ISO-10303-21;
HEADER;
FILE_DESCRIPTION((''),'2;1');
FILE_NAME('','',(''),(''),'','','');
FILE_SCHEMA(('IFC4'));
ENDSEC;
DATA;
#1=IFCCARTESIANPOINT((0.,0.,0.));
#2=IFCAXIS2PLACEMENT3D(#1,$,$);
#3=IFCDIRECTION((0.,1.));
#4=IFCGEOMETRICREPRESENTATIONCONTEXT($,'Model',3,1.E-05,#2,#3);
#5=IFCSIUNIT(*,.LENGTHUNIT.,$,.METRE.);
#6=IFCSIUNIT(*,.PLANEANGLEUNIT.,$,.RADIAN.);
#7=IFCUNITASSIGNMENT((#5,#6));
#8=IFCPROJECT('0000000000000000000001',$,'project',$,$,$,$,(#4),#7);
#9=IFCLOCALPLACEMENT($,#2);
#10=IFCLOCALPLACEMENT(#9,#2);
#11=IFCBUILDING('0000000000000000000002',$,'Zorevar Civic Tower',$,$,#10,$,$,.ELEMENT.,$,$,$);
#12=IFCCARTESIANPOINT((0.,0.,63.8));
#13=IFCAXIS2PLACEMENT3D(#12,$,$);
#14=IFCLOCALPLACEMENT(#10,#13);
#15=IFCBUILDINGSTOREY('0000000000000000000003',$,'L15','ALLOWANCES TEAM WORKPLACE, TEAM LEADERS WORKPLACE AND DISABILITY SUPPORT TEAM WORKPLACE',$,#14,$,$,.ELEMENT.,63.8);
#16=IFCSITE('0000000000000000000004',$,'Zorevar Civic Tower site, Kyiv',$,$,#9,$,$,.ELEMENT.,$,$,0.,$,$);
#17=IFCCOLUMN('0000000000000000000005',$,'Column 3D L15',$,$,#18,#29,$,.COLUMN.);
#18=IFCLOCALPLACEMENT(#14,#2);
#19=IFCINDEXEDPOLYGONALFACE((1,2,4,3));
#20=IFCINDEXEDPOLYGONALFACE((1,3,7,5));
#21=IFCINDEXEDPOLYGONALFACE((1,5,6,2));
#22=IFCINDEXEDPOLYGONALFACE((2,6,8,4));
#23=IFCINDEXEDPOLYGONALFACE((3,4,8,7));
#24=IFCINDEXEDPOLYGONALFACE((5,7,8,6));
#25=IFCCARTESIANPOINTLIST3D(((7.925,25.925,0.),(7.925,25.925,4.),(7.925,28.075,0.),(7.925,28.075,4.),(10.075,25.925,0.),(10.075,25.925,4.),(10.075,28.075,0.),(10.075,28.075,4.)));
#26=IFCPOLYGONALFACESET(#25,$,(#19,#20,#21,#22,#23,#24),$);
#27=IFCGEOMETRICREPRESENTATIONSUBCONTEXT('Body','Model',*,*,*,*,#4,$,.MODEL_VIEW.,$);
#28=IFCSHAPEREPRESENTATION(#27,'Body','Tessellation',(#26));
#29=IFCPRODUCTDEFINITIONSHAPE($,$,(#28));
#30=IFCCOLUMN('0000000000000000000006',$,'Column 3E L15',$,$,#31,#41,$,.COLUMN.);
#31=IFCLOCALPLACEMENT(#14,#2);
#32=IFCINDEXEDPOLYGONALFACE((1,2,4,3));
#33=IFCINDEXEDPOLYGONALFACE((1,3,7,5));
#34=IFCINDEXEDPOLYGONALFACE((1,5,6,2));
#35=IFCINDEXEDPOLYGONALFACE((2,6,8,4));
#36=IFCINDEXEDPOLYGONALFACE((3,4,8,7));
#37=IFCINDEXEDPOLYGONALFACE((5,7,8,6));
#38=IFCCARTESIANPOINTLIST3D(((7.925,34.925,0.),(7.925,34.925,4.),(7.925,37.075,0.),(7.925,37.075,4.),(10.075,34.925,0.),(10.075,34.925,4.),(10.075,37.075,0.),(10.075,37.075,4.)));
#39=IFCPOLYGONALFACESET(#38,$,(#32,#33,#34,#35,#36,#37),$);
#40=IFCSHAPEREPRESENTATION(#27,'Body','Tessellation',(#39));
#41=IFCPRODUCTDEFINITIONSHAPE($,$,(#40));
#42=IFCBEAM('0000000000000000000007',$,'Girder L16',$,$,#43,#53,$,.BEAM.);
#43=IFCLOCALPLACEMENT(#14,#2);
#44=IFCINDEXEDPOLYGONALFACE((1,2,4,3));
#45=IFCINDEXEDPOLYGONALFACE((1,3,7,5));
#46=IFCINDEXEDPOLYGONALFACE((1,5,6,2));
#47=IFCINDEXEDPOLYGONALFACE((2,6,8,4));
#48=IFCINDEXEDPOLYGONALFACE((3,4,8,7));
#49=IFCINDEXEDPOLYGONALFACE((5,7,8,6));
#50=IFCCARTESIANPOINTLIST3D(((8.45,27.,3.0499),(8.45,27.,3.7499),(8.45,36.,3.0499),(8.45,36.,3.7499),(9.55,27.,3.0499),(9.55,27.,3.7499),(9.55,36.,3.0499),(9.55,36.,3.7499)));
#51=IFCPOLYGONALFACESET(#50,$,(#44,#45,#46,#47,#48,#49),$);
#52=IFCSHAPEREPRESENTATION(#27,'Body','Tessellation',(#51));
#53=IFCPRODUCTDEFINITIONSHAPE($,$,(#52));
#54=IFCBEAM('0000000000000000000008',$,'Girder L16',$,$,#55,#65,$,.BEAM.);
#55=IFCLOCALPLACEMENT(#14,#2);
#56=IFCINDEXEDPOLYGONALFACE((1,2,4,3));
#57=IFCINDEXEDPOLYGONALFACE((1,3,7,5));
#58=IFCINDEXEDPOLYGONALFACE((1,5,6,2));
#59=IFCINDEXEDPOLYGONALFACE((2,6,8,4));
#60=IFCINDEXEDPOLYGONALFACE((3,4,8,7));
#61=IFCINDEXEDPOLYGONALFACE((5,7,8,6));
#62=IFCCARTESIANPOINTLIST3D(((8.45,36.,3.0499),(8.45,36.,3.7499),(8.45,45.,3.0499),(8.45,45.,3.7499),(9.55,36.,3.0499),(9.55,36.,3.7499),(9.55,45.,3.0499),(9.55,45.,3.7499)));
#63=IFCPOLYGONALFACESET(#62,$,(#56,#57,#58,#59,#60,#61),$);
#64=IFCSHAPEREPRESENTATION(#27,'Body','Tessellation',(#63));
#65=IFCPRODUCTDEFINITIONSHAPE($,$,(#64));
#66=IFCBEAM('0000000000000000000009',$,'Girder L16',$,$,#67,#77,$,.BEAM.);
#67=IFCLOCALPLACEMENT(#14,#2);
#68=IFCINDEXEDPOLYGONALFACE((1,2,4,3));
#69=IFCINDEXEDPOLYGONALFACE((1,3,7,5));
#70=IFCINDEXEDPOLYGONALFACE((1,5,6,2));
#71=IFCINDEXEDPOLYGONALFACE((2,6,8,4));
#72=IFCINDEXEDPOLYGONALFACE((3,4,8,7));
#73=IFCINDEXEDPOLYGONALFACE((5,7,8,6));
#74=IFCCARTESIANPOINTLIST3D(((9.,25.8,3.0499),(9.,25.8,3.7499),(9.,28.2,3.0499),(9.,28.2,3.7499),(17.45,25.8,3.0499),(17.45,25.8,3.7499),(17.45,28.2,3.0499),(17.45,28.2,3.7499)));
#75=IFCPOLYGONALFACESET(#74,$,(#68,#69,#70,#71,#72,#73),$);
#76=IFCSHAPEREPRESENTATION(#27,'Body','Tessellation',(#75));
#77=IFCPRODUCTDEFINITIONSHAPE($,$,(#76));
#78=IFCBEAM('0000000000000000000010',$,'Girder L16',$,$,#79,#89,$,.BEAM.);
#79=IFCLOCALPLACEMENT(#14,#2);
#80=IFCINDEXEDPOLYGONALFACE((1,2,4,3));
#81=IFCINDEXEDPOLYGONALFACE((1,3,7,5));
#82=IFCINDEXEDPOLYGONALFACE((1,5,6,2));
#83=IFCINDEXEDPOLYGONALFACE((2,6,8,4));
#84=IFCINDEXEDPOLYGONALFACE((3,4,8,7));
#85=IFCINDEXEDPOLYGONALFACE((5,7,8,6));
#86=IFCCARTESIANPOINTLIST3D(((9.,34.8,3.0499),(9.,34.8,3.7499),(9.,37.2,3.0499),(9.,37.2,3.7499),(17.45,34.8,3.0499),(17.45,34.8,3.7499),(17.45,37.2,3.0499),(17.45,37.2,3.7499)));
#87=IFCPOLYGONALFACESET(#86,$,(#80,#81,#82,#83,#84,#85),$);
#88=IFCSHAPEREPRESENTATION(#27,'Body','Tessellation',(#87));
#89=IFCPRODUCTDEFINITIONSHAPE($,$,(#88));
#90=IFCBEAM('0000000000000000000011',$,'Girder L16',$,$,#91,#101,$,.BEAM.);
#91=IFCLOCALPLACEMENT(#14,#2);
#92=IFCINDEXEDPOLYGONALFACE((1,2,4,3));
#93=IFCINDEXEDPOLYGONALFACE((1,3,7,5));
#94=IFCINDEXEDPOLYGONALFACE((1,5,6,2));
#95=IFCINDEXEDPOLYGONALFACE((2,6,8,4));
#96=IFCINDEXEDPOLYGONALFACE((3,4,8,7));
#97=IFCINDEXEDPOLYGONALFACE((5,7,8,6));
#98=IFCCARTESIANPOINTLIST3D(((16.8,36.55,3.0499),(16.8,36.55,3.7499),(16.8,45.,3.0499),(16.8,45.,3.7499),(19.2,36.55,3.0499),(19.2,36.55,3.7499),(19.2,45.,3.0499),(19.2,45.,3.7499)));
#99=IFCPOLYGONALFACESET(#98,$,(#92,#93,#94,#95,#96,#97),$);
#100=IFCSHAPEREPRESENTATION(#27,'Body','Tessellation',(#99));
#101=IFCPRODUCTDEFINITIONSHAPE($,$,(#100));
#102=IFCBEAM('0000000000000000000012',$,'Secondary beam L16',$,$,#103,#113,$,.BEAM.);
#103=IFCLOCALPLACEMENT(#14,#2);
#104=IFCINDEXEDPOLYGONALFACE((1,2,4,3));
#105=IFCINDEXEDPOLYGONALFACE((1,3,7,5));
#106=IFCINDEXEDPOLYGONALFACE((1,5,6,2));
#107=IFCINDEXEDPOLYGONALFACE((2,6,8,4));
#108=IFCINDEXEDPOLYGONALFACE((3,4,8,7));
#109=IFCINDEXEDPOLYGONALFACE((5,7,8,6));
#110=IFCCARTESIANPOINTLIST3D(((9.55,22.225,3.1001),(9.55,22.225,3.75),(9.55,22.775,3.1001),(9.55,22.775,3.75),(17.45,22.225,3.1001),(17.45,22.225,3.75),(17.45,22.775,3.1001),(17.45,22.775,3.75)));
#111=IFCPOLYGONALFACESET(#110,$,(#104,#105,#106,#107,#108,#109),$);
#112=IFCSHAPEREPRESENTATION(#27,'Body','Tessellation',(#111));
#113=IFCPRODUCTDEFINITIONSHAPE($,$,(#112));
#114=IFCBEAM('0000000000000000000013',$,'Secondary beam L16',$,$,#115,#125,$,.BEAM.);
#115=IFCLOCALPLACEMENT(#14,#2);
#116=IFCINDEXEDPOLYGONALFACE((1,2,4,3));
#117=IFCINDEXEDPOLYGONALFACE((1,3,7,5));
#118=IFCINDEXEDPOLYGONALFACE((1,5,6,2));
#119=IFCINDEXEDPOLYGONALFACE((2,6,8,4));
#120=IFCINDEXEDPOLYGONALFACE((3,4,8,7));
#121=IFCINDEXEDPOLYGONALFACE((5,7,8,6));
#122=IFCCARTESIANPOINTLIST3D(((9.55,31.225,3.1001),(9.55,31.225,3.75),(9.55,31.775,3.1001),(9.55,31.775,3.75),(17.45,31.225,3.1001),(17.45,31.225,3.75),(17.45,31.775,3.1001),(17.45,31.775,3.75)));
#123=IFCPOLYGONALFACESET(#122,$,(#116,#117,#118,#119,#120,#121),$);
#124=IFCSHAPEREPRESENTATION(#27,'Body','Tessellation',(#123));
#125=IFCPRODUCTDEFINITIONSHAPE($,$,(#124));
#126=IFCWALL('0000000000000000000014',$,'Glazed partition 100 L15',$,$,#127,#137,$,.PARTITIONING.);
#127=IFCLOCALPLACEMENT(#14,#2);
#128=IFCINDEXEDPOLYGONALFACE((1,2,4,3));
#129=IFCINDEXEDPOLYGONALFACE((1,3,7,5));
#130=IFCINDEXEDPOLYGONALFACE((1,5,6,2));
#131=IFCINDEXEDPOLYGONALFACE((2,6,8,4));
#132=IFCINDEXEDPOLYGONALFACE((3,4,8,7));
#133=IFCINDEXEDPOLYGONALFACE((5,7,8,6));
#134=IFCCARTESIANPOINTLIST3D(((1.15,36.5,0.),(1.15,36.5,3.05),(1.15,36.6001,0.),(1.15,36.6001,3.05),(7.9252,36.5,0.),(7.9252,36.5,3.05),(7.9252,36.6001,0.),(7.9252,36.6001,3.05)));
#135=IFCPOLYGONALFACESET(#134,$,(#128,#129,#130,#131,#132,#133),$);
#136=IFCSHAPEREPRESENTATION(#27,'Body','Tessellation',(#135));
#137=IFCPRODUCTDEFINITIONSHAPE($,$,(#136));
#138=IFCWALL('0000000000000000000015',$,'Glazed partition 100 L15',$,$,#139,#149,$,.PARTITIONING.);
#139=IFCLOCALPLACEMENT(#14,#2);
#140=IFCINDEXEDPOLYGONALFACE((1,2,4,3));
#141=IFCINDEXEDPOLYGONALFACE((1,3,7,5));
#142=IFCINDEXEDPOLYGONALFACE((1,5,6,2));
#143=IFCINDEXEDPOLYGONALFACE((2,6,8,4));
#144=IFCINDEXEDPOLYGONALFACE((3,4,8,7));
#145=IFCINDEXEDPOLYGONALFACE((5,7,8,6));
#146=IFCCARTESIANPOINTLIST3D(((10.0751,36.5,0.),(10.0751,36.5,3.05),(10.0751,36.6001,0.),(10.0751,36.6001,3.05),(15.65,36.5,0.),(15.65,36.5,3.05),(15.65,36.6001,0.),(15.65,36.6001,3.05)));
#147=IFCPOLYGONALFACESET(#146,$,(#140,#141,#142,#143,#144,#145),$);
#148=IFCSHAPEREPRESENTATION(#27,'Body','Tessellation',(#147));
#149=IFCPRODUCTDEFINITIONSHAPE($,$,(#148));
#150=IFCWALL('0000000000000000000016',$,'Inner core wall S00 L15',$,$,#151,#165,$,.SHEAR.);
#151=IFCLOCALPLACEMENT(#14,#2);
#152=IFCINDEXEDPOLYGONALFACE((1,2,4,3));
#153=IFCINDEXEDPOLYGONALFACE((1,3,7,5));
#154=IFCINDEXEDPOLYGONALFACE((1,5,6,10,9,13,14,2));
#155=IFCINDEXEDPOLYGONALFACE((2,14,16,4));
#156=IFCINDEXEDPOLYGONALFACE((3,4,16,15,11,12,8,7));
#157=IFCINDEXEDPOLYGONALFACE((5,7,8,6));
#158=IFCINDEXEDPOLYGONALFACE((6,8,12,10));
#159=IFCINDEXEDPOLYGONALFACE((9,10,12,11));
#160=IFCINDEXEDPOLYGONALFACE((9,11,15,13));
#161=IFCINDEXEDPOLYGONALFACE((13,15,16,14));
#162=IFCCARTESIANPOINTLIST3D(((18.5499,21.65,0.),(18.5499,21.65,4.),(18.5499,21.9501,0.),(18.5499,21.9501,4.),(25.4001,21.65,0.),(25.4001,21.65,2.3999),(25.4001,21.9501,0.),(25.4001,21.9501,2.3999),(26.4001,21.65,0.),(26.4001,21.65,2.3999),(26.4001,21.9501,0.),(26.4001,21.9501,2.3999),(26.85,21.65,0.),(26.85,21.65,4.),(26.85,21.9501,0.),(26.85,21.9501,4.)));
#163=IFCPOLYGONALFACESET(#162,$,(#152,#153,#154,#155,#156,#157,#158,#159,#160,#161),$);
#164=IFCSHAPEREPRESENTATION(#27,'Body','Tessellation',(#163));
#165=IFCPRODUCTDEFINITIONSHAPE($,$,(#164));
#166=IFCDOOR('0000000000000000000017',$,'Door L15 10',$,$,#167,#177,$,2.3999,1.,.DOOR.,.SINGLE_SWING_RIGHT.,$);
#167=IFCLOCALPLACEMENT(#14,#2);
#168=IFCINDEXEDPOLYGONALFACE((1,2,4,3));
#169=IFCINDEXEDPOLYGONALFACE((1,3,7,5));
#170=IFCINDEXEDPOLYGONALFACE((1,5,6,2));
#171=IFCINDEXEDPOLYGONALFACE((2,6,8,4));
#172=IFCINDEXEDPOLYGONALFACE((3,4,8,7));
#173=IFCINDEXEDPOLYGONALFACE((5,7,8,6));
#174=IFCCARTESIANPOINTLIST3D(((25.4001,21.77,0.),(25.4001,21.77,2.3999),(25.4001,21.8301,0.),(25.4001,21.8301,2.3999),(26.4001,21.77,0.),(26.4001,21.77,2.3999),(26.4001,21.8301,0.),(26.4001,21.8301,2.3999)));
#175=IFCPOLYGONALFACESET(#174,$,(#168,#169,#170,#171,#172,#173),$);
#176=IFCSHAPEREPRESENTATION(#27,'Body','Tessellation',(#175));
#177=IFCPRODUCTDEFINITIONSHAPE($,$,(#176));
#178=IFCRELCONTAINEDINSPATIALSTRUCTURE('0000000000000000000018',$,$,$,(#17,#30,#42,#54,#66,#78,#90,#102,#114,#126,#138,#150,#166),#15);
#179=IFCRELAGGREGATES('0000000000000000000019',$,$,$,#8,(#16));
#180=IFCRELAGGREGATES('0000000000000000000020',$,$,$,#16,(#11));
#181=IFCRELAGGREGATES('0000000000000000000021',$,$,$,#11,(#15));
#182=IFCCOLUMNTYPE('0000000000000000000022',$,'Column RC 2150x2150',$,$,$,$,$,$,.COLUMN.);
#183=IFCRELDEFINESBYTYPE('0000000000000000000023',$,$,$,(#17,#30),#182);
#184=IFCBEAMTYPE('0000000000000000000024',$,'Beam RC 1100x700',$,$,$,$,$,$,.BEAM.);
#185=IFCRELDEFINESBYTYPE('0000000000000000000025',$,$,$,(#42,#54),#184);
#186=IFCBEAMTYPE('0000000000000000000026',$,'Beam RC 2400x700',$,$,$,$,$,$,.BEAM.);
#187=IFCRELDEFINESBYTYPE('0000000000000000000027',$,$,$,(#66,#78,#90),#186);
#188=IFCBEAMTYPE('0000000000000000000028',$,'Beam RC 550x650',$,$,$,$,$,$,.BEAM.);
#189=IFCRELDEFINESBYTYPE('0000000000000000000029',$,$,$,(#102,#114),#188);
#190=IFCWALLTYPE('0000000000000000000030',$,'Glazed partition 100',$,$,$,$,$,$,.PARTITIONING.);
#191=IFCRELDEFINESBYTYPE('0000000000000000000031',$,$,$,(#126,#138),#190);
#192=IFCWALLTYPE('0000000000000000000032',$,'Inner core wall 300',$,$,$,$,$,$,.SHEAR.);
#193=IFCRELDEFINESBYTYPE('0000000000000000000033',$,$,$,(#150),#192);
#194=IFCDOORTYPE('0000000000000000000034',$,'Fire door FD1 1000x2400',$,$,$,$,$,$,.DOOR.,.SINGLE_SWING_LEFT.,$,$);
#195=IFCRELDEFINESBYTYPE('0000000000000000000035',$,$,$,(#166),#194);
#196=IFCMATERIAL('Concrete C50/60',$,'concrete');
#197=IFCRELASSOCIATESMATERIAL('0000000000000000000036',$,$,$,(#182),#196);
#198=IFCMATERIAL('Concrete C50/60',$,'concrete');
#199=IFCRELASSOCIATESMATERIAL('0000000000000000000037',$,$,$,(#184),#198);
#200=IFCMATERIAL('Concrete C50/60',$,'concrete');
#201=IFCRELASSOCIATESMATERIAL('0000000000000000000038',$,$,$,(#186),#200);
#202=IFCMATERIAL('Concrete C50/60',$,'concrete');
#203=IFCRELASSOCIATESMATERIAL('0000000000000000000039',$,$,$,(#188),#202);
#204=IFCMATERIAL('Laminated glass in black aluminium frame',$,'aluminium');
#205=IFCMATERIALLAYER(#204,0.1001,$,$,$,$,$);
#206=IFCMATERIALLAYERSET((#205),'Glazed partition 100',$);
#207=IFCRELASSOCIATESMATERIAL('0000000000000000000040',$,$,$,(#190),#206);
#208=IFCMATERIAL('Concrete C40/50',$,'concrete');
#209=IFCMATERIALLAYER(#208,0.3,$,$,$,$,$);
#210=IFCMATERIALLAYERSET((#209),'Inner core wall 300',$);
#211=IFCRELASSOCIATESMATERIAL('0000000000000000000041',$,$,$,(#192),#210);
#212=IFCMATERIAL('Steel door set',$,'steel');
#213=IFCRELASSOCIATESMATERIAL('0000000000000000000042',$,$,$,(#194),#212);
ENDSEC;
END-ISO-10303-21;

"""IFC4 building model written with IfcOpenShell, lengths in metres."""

from ifc_helpers import new_model, si_unit, direction, frame, frame_2d, origin, origin_2d, place, context, subcontext, project, spatial, rectangle, extrude, material, layer, layer_set, material_profile, profile_set, type_object, element, fill, save


model = new_model("IFC4")

# Units and contexts
model_context = context("Model", 3, precision=1e-05, world=origin(), true_north=direction((0.0, 1.0)))
body_context = subcontext(model_context, "Body", "Model", "MODEL_VIEW")
ifc_project = project(units=[si_unit("LENGTHUNIT", "METRE"), si_unit("PLANEANGLEUNIT", "RADIAN")], contexts=[model_context])

# Site, building, storey
site_placement = place(None, origin())
site = spatial("IfcSite", under=ifc_project, at=site_placement, Name="Zorevar Civic Tower site, Kyiv", CompositionType="ELEMENT", RefElevation=0.0)
building_placement = place(site_placement, origin())
building = spatial("IfcBuilding", under=site, at=building_placement, Name="Zorevar Civic Tower", CompositionType="ELEMENT")
storey_placement = place(building_placement, frame((0.0, 0.0, 63.8)))
storey = spatial("IfcBuildingStorey", under=building, at=storey_placement, Name="L15", Description="ALLOWANCES TEAM WORKPLACE, TEAM LEADERS WORKPLACE AND DISABILITY SUPPORT TEAM WORKPLACE", CompositionType="ELEMENT", Elevation=63.8)

# Columns
ifc_material_1 = material(Name="Concrete C50/60", Category="concrete")
ifc_material_profile_1 = material_profile(ifc_material_1, rectangle(XDim=2.1499, YDim=2.1499, at=origin_2d()), Name="RC 2150x2150")
ifc_profile_set_1 = profile_set([ifc_material_profile_1], Name="Concrete C50/60")
column_type = type_object("IfcColumnType", Name="Column RC 2150x2150", PredefinedType="COLUMN", material=ifc_profile_set_1)
for number, where, z_axis, x_axis, name in (
    (1, (9.0, 27.0, 0.0), (0.0, 0.0, 1.0), (1.0, 0.0, 0.0), "Column 3D L15"),
    (2, (9.0, 36.0, 0.0), (0.0, 0.0, 1.0), (1.0, 0.0, 0.0), "Column 3E L15"),
):
    element("IfcColumn", number, at=place(storey_placement, frame(where, z_axis=z_axis, x_axis=x_axis)), inside=storey, type_object=column_type, Name=name, PredefinedType="COLUMN", context=body_context, shape_type="SweptSolid", body=[
        extrude(rectangle(XDim=2.1499, YDim=2.1499, at=origin_2d()), origin(), (0.0, 0.0, 1.0), 4.0),
    ])

# Beams
ifc_material_2 = material(Name="Concrete C50/60", Category="concrete")
ifc_material_profile_2 = material_profile(ifc_material_2, rectangle(XDim=1.1001, YDim=0.7, at=origin_2d()), Name="RC 1100x700")
ifc_profile_set_2 = profile_set([ifc_material_profile_2], Name="Concrete C50/60")
beam_type_1 = type_object("IfcBeamType", Name="Beam RC 1100x700", PredefinedType="BEAM", material=ifc_profile_set_2)
for number, where, z_axis, x_axis, name in (
    (3, (9.0, 27.0, 3.3999), (0.0, 1.0, 0.0), (-1.0, 0.0, 0.0), "Girder L16"),
    (4, (9.0, 36.0, 3.3999), (0.0, 1.0, 0.0), (-1.0, 0.0, 0.0), "Girder L16"),
):
    element("IfcBeam", number, at=place(storey_placement, frame(where, z_axis=z_axis, x_axis=x_axis)), inside=storey, type_object=beam_type_1, Name=name, PredefinedType="BEAM", context=body_context, shape_type="SweptSolid", body=[
        extrude(rectangle(XDim=1.1001, YDim=0.7, at=origin_2d()), origin(), (0.0, 0.0, 1.0), 9.0),
    ])
ifc_material_3 = material(Name="Concrete C50/60", Category="concrete")
ifc_material_profile_3 = material_profile(ifc_material_3, rectangle(XDim=2.3999, YDim=0.7, at=origin_2d()), Name="RC 2400x700")
ifc_profile_set_3 = profile_set([ifc_material_profile_3], Name="Concrete C50/60")
beam_type_2 = type_object("IfcBeamType", Name="Beam RC 2400x700", PredefinedType="BEAM", material=ifc_profile_set_3)
for number, where, z_axis, x_axis, name in (
    (5, (9.0, 27.0, 3.3999), (1.0, 0.0, 0.0), (0.0, 1.0, 0.0), "Girder L16"),
    (6, (9.0, 36.0, 3.3999), (1.0, 0.0, 0.0), (0.0, 1.0, 0.0), "Girder L16"),
    (7, (18.0, 36.55, 3.3999), (0.0, 1.0, 0.0), (-1.0, 0.0, 0.0), "Girder L16"),
):
    element("IfcBeam", number, at=place(storey_placement, frame(where, z_axis=z_axis, x_axis=x_axis)), inside=storey, type_object=beam_type_2, Name=name, PredefinedType="BEAM", context=body_context, shape_type="SweptSolid", body=[
        extrude(rectangle(XDim=2.3999, YDim=0.7, at=origin_2d()), origin(), (0.0, 0.0, 1.0), 8.45),
    ])
ifc_material_4 = material(Name="Concrete C50/60", Category="concrete")
ifc_material_profile_4 = material_profile(ifc_material_4, rectangle(XDim=0.55, YDim=0.6499, at=origin_2d()), Name="RC 550x650")
ifc_profile_set_4 = profile_set([ifc_material_profile_4], Name="Concrete C50/60")
beam_type_3 = type_object("IfcBeamType", Name="Beam RC 550x650", PredefinedType="BEAM", material=ifc_profile_set_4)
for number, where, z_axis, x_axis, name in (
    (8, (9.55, 22.5, 3.425), (1.0, 0.0, 0.0), (0.0, 1.0, 0.0), "Secondary beam L16"),
    (9, (9.55, 31.5, 3.425), (1.0, 0.0, 0.0), (0.0, 1.0, 0.0), "Secondary beam L16"),
):
    element("IfcBeam", number, at=place(storey_placement, frame(where, z_axis=z_axis, x_axis=x_axis)), inside=storey, type_object=beam_type_3, Name=name, PredefinedType="BEAM", context=body_context, shape_type="SweptSolid", body=[
        extrude(rectangle(XDim=0.55, YDim=0.6499, at=origin_2d()), origin(), (0.0, 0.0, 1.0), 7.8999),
    ])

# Walls
ifc_material_5 = material(Name="Laminated glass in black aluminium frame", Category="aluminium")
ifc_layer_1 = layer(ifc_material_5, 0.1001)
ifc_layer_set_1 = layer_set([ifc_layer_1], Name="Glazed partition 100")
wall_type_1 = type_object("IfcWallType", Name="Glazed partition 100", PredefinedType="PARTITIONING", material=ifc_layer_set_1)
wall_1_placement = place(storey_placement, frame((1.1499, 36.55, 0.0), z_axis=(0.0, 0.0, 1.0), x_axis=(1.0, 0.0, 0.0)))
element("IfcWall", 10, at=wall_1_placement, inside=storey, type_object=wall_type_1, Name="Glazed partition 100 L15", PredefinedType="PARTITIONING", context=body_context, shape_type="SweptSolid", body=[
    extrude(rectangle(XDim=6.7751, YDim=0.1001, at=frame_2d((3.3877, 0.0))), origin(), (0.0, 0.0, 1.0), 3.05),
])
wall_2_placement = place(storey_placement, frame((10.075, 36.55, 0.0), z_axis=(0.0, 0.0, 1.0), x_axis=(1.0, 0.0, 0.0)))
element("IfcWall", 11, at=wall_2_placement, inside=storey, type_object=wall_type_1, Name="Glazed partition 100 L15", PredefinedType="PARTITIONING", context=body_context, shape_type="SweptSolid", body=[
    extrude(rectangle(XDim=5.575, YDim=0.1001, at=frame_2d((2.7876, 0.0))), origin(), (0.0, 0.0, 1.0), 3.05),
])

# Wall, opening, door
ifc_material_6 = material(Name="Concrete C40/50", Category="concrete")
ifc_layer_2 = layer(ifc_material_6, 0.3)
ifc_layer_set_2 = layer_set([ifc_layer_2], Name="Inner core wall 300")
wall_type_2 = type_object("IfcWallType", Name="Inner core wall 300", PredefinedType="SHEAR", material=ifc_layer_set_2)
wall_3_placement = place(storey_placement, frame((18.55, 21.8, 0.0), z_axis=(0.0, 0.0, 1.0), x_axis=(1.0, 0.0, 0.0)))
wall_3 = element("IfcWall", 12, at=wall_3_placement, inside=storey, type_object=wall_type_2, Name="Inner core wall S00 L15", PredefinedType="SHEAR", context=body_context, shape_type="SweptSolid", body=[
    extrude(rectangle(XDim=8.3, YDim=0.3, at=frame_2d((4.1499, 0.0))), origin(), (0.0, 0.0, 1.0), 4.0),
])
opening_1_placement = place(wall_3_placement, frame((6.8501, 0.0, 0.0)))
opening_1 = element("IfcOpeningElement", 13, at=opening_1_placement, cuts=wall_3, PredefinedType="OPENING", context=body_context, shape_type="SweptSolid", body=[
    extrude(rectangle(XDim=1.0, YDim=2.3999, at=frame_2d((0.5, 1.2))), frame((0.0, 0.1599, 0.0), z_axis=(0.0, -1.0, 0.0), x_axis=(1.0, 0.0, 0.0)), (0.0, 0.0, 1.0), 0.3201),
])
ifc_material_7 = material(Name="Steel door set", Category="steel")
door_type_1 = type_object("IfcDoorType", Name="Fire door FD1 1000x2400", OperationType="SINGLE_SWING_LEFT", PredefinedType="DOOR", material=ifc_material_7)
door_1_placement = place(opening_1_placement, origin())
door_1 = element("IfcDoor", 14, at=door_1_placement, inside=storey, type_object=door_type_1, Name="Door L15 10", OperationType="SINGLE_SWING_RIGHT", OverallHeight=2.3999, OverallWidth=1.0, PredefinedType="DOOR", context=body_context, shape_type="SweptSolid", body=[
    extrude(rectangle(XDim=1.0, YDim=2.3999, at=frame_2d((0.5, 1.2))), frame((0.0, 0.03, 0.0), z_axis=(0.0, -1.0, 0.0), x_axis=(1.0, 0.0, 0.0)), (0.0, 0.0, 1.0), 0.0601),
])
fill(opening_1, door_1)

save(model, "model.ifc")
